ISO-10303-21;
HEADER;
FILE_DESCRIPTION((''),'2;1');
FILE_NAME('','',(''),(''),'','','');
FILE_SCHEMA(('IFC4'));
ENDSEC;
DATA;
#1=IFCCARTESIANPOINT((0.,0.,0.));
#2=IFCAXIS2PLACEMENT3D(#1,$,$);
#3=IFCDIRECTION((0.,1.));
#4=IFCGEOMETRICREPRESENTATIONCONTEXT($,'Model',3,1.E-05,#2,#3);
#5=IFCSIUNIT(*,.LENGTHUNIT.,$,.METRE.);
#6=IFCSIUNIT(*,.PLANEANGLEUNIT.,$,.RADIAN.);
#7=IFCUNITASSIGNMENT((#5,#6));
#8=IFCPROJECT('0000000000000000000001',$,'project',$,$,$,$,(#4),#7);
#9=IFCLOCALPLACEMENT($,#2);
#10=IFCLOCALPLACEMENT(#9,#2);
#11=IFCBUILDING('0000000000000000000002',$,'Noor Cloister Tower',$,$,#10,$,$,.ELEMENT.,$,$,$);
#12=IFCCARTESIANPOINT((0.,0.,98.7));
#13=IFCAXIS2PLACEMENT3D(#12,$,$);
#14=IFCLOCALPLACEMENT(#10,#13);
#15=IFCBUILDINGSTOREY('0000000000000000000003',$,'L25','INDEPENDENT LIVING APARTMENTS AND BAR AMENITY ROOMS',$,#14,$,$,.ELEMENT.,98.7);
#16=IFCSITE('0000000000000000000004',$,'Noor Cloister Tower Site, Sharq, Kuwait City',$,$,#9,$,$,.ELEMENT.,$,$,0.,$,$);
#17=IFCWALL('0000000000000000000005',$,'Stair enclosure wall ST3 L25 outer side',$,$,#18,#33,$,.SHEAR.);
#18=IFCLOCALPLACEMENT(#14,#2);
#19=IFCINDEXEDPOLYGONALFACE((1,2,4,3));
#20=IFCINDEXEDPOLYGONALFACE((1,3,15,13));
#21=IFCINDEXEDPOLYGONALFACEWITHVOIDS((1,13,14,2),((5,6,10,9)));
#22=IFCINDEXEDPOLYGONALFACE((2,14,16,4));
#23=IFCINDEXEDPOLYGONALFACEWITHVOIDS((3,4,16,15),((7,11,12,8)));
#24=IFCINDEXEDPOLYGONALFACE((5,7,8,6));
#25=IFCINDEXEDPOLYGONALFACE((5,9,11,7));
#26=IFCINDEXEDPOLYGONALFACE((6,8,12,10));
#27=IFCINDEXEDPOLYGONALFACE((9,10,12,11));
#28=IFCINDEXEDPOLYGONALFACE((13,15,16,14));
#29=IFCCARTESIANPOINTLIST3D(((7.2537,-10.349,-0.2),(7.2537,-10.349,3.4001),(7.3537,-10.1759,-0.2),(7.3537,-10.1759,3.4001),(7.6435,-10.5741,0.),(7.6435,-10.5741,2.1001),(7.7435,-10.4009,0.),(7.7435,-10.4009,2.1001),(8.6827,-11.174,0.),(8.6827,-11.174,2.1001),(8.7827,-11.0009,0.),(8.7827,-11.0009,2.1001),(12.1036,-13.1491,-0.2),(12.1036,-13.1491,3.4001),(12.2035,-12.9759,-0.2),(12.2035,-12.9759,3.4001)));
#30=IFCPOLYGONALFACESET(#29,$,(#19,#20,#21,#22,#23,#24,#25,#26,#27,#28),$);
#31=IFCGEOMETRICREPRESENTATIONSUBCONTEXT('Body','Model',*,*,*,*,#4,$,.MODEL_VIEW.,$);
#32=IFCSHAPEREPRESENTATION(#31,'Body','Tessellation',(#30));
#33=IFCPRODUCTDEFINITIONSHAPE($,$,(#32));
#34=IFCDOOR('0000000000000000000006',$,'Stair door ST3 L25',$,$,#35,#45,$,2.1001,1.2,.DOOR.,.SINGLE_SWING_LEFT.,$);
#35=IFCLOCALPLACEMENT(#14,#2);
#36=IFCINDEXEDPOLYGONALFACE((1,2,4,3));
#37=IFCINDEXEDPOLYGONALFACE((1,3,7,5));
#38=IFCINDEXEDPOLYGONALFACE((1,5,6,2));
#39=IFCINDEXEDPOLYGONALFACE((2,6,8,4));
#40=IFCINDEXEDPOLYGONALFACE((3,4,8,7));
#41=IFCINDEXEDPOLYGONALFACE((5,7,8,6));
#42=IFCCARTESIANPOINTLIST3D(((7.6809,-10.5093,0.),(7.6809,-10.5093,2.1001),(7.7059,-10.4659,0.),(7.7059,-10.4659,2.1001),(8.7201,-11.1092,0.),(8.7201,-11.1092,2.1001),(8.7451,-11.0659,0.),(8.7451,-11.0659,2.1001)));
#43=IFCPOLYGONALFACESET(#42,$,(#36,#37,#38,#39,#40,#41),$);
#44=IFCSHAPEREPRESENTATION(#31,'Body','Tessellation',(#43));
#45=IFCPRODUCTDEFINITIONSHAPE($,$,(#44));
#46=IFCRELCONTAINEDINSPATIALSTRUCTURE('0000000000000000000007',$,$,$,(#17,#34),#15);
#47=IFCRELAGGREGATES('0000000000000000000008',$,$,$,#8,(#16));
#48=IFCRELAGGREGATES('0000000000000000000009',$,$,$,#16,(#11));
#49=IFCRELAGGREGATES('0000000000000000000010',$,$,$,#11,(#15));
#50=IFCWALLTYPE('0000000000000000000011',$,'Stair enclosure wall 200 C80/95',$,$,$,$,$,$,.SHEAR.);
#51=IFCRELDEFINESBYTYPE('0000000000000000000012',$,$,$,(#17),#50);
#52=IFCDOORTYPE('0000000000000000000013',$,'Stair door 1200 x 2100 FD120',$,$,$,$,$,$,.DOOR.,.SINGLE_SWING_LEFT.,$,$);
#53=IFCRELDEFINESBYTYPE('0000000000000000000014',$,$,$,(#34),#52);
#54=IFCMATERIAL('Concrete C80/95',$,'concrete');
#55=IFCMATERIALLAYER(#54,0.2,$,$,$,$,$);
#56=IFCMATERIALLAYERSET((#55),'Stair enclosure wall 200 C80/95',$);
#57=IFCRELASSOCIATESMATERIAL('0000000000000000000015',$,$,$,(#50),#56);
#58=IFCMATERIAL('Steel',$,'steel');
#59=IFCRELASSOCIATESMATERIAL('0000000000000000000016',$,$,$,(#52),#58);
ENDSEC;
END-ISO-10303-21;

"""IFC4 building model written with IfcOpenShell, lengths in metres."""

from ifc_helpers import new_model, si_unit, direction, frame, frame_2d, origin, place, context, subcontext, project, spatial, rectangle, extrude, material, layer, layer_set, type_object, element, fill, save


model = new_model("IFC4")

# Units and contexts
model_context = context("Model", 3, precision=1e-05, world=origin(), true_north=direction((0.0, 1.0)))
body_context = subcontext(model_context, "Body", "Model", "MODEL_VIEW")
ifc_project = project(units=[si_unit("LENGTHUNIT", "METRE"), si_unit("PLANEANGLEUNIT", "RADIAN")], contexts=[model_context])

# Site, building, storey
site_placement = place(None, origin())
site = spatial("IfcSite", under=ifc_project, at=site_placement, Name="Noor Cloister Tower Site, Sharq, Kuwait City", CompositionType="ELEMENT", RefElevation=0.0)
building_placement = place(site_placement, origin())
building = spatial("IfcBuilding", under=site, at=building_placement, Name="Noor Cloister Tower", CompositionType="ELEMENT")
storey_placement = place(building_placement, frame((0.0, 0.0, 98.7)))
storey = spatial("IfcBuildingStorey", under=building, at=storey_placement, Name="L25", Description="INDEPENDENT LIVING APARTMENTS AND BAR AMENITY ROOMS", CompositionType="ELEMENT", Elevation=98.7)

# Wall, opening, door
ifc_material_1 = material(Name="Concrete C80/95", Category="concrete")
ifc_layer_1 = layer(ifc_material_1, 0.2)
ifc_layer_set_1 = layer_set([ifc_layer_1], Name="Stair enclosure wall 200 C80/95")
wall_type_1 = type_object("IfcWallType", Name="Stair enclosure wall 200 C80/95", PredefinedType="SHEAR", material=ifc_layer_set_1)
ifc_material_2 = material(Name="Steel", Category="steel")
door_type_1 = type_object("IfcDoorType", Name="Stair door 1200 x 2100 FD120", OperationType="SINGLE_SWING_LEFT", PredefinedType="DOOR", material=ifc_material_2)
wall_1_placement = place(storey_placement, frame((7.3037, -10.2625, -0.2), z_axis=(0.0, 0.0, 1.0), x_axis=(0.866027, -0.499998, 0.0)))
wall_1 = element("IfcWall", 1, at=wall_1_placement, inside=storey, type_object=wall_type_1, Name="Stair enclosure wall ST3 L25 outer side", PredefinedType="SHEAR", context=body_context, shape_type="SweptSolid", body=[
    extrude(rectangle(XDim=5.6001, YDim=0.2, at=frame_2d((2.8, 0.0))), origin(), (0.0, 0.0, 1.0), 3.6001),
])
opening_1_placement = place(wall_1_placement, frame((0.45, 0.0, 0.2)))
opening_1 = element("IfcOpeningElement", 2, at=opening_1_placement, cuts=wall_1, PredefinedType="OPENING", context=body_context, shape_type="SweptSolid", body=[
    extrude(rectangle(XDim=1.2, YDim=2.1001, at=frame_2d((0.6001, 1.05))), frame((0.0, 0.1099, 0.0), z_axis=(0.0, -1.0, 0.0), x_axis=(1.0, 0.0, 0.0)), (0.0, 0.0, 1.0), 0.22),
])
door_1_placement = place(opening_1_placement, origin())
door_1 = element("IfcDoor", 3, at=door_1_placement, inside=storey, type_object=door_type_1, Name="Stair door ST3 L25", OperationType="SINGLE_SWING_LEFT", OverallHeight=2.1001, OverallWidth=1.2, PredefinedType="DOOR", context=body_context, shape_type="SweptSolid", body=[
    extrude(rectangle(XDim=1.2, YDim=2.1001, at=frame_2d((0.6001, 1.05))), frame((0.0, 0.0249, 0.0), z_axis=(0.0, -1.0, 0.0), x_axis=(1.0, 0.0, 0.0)), (0.0, 0.0, 1.0), 0.05),
])
fill(opening_1, door_1)

save(model, "model.ifc")
